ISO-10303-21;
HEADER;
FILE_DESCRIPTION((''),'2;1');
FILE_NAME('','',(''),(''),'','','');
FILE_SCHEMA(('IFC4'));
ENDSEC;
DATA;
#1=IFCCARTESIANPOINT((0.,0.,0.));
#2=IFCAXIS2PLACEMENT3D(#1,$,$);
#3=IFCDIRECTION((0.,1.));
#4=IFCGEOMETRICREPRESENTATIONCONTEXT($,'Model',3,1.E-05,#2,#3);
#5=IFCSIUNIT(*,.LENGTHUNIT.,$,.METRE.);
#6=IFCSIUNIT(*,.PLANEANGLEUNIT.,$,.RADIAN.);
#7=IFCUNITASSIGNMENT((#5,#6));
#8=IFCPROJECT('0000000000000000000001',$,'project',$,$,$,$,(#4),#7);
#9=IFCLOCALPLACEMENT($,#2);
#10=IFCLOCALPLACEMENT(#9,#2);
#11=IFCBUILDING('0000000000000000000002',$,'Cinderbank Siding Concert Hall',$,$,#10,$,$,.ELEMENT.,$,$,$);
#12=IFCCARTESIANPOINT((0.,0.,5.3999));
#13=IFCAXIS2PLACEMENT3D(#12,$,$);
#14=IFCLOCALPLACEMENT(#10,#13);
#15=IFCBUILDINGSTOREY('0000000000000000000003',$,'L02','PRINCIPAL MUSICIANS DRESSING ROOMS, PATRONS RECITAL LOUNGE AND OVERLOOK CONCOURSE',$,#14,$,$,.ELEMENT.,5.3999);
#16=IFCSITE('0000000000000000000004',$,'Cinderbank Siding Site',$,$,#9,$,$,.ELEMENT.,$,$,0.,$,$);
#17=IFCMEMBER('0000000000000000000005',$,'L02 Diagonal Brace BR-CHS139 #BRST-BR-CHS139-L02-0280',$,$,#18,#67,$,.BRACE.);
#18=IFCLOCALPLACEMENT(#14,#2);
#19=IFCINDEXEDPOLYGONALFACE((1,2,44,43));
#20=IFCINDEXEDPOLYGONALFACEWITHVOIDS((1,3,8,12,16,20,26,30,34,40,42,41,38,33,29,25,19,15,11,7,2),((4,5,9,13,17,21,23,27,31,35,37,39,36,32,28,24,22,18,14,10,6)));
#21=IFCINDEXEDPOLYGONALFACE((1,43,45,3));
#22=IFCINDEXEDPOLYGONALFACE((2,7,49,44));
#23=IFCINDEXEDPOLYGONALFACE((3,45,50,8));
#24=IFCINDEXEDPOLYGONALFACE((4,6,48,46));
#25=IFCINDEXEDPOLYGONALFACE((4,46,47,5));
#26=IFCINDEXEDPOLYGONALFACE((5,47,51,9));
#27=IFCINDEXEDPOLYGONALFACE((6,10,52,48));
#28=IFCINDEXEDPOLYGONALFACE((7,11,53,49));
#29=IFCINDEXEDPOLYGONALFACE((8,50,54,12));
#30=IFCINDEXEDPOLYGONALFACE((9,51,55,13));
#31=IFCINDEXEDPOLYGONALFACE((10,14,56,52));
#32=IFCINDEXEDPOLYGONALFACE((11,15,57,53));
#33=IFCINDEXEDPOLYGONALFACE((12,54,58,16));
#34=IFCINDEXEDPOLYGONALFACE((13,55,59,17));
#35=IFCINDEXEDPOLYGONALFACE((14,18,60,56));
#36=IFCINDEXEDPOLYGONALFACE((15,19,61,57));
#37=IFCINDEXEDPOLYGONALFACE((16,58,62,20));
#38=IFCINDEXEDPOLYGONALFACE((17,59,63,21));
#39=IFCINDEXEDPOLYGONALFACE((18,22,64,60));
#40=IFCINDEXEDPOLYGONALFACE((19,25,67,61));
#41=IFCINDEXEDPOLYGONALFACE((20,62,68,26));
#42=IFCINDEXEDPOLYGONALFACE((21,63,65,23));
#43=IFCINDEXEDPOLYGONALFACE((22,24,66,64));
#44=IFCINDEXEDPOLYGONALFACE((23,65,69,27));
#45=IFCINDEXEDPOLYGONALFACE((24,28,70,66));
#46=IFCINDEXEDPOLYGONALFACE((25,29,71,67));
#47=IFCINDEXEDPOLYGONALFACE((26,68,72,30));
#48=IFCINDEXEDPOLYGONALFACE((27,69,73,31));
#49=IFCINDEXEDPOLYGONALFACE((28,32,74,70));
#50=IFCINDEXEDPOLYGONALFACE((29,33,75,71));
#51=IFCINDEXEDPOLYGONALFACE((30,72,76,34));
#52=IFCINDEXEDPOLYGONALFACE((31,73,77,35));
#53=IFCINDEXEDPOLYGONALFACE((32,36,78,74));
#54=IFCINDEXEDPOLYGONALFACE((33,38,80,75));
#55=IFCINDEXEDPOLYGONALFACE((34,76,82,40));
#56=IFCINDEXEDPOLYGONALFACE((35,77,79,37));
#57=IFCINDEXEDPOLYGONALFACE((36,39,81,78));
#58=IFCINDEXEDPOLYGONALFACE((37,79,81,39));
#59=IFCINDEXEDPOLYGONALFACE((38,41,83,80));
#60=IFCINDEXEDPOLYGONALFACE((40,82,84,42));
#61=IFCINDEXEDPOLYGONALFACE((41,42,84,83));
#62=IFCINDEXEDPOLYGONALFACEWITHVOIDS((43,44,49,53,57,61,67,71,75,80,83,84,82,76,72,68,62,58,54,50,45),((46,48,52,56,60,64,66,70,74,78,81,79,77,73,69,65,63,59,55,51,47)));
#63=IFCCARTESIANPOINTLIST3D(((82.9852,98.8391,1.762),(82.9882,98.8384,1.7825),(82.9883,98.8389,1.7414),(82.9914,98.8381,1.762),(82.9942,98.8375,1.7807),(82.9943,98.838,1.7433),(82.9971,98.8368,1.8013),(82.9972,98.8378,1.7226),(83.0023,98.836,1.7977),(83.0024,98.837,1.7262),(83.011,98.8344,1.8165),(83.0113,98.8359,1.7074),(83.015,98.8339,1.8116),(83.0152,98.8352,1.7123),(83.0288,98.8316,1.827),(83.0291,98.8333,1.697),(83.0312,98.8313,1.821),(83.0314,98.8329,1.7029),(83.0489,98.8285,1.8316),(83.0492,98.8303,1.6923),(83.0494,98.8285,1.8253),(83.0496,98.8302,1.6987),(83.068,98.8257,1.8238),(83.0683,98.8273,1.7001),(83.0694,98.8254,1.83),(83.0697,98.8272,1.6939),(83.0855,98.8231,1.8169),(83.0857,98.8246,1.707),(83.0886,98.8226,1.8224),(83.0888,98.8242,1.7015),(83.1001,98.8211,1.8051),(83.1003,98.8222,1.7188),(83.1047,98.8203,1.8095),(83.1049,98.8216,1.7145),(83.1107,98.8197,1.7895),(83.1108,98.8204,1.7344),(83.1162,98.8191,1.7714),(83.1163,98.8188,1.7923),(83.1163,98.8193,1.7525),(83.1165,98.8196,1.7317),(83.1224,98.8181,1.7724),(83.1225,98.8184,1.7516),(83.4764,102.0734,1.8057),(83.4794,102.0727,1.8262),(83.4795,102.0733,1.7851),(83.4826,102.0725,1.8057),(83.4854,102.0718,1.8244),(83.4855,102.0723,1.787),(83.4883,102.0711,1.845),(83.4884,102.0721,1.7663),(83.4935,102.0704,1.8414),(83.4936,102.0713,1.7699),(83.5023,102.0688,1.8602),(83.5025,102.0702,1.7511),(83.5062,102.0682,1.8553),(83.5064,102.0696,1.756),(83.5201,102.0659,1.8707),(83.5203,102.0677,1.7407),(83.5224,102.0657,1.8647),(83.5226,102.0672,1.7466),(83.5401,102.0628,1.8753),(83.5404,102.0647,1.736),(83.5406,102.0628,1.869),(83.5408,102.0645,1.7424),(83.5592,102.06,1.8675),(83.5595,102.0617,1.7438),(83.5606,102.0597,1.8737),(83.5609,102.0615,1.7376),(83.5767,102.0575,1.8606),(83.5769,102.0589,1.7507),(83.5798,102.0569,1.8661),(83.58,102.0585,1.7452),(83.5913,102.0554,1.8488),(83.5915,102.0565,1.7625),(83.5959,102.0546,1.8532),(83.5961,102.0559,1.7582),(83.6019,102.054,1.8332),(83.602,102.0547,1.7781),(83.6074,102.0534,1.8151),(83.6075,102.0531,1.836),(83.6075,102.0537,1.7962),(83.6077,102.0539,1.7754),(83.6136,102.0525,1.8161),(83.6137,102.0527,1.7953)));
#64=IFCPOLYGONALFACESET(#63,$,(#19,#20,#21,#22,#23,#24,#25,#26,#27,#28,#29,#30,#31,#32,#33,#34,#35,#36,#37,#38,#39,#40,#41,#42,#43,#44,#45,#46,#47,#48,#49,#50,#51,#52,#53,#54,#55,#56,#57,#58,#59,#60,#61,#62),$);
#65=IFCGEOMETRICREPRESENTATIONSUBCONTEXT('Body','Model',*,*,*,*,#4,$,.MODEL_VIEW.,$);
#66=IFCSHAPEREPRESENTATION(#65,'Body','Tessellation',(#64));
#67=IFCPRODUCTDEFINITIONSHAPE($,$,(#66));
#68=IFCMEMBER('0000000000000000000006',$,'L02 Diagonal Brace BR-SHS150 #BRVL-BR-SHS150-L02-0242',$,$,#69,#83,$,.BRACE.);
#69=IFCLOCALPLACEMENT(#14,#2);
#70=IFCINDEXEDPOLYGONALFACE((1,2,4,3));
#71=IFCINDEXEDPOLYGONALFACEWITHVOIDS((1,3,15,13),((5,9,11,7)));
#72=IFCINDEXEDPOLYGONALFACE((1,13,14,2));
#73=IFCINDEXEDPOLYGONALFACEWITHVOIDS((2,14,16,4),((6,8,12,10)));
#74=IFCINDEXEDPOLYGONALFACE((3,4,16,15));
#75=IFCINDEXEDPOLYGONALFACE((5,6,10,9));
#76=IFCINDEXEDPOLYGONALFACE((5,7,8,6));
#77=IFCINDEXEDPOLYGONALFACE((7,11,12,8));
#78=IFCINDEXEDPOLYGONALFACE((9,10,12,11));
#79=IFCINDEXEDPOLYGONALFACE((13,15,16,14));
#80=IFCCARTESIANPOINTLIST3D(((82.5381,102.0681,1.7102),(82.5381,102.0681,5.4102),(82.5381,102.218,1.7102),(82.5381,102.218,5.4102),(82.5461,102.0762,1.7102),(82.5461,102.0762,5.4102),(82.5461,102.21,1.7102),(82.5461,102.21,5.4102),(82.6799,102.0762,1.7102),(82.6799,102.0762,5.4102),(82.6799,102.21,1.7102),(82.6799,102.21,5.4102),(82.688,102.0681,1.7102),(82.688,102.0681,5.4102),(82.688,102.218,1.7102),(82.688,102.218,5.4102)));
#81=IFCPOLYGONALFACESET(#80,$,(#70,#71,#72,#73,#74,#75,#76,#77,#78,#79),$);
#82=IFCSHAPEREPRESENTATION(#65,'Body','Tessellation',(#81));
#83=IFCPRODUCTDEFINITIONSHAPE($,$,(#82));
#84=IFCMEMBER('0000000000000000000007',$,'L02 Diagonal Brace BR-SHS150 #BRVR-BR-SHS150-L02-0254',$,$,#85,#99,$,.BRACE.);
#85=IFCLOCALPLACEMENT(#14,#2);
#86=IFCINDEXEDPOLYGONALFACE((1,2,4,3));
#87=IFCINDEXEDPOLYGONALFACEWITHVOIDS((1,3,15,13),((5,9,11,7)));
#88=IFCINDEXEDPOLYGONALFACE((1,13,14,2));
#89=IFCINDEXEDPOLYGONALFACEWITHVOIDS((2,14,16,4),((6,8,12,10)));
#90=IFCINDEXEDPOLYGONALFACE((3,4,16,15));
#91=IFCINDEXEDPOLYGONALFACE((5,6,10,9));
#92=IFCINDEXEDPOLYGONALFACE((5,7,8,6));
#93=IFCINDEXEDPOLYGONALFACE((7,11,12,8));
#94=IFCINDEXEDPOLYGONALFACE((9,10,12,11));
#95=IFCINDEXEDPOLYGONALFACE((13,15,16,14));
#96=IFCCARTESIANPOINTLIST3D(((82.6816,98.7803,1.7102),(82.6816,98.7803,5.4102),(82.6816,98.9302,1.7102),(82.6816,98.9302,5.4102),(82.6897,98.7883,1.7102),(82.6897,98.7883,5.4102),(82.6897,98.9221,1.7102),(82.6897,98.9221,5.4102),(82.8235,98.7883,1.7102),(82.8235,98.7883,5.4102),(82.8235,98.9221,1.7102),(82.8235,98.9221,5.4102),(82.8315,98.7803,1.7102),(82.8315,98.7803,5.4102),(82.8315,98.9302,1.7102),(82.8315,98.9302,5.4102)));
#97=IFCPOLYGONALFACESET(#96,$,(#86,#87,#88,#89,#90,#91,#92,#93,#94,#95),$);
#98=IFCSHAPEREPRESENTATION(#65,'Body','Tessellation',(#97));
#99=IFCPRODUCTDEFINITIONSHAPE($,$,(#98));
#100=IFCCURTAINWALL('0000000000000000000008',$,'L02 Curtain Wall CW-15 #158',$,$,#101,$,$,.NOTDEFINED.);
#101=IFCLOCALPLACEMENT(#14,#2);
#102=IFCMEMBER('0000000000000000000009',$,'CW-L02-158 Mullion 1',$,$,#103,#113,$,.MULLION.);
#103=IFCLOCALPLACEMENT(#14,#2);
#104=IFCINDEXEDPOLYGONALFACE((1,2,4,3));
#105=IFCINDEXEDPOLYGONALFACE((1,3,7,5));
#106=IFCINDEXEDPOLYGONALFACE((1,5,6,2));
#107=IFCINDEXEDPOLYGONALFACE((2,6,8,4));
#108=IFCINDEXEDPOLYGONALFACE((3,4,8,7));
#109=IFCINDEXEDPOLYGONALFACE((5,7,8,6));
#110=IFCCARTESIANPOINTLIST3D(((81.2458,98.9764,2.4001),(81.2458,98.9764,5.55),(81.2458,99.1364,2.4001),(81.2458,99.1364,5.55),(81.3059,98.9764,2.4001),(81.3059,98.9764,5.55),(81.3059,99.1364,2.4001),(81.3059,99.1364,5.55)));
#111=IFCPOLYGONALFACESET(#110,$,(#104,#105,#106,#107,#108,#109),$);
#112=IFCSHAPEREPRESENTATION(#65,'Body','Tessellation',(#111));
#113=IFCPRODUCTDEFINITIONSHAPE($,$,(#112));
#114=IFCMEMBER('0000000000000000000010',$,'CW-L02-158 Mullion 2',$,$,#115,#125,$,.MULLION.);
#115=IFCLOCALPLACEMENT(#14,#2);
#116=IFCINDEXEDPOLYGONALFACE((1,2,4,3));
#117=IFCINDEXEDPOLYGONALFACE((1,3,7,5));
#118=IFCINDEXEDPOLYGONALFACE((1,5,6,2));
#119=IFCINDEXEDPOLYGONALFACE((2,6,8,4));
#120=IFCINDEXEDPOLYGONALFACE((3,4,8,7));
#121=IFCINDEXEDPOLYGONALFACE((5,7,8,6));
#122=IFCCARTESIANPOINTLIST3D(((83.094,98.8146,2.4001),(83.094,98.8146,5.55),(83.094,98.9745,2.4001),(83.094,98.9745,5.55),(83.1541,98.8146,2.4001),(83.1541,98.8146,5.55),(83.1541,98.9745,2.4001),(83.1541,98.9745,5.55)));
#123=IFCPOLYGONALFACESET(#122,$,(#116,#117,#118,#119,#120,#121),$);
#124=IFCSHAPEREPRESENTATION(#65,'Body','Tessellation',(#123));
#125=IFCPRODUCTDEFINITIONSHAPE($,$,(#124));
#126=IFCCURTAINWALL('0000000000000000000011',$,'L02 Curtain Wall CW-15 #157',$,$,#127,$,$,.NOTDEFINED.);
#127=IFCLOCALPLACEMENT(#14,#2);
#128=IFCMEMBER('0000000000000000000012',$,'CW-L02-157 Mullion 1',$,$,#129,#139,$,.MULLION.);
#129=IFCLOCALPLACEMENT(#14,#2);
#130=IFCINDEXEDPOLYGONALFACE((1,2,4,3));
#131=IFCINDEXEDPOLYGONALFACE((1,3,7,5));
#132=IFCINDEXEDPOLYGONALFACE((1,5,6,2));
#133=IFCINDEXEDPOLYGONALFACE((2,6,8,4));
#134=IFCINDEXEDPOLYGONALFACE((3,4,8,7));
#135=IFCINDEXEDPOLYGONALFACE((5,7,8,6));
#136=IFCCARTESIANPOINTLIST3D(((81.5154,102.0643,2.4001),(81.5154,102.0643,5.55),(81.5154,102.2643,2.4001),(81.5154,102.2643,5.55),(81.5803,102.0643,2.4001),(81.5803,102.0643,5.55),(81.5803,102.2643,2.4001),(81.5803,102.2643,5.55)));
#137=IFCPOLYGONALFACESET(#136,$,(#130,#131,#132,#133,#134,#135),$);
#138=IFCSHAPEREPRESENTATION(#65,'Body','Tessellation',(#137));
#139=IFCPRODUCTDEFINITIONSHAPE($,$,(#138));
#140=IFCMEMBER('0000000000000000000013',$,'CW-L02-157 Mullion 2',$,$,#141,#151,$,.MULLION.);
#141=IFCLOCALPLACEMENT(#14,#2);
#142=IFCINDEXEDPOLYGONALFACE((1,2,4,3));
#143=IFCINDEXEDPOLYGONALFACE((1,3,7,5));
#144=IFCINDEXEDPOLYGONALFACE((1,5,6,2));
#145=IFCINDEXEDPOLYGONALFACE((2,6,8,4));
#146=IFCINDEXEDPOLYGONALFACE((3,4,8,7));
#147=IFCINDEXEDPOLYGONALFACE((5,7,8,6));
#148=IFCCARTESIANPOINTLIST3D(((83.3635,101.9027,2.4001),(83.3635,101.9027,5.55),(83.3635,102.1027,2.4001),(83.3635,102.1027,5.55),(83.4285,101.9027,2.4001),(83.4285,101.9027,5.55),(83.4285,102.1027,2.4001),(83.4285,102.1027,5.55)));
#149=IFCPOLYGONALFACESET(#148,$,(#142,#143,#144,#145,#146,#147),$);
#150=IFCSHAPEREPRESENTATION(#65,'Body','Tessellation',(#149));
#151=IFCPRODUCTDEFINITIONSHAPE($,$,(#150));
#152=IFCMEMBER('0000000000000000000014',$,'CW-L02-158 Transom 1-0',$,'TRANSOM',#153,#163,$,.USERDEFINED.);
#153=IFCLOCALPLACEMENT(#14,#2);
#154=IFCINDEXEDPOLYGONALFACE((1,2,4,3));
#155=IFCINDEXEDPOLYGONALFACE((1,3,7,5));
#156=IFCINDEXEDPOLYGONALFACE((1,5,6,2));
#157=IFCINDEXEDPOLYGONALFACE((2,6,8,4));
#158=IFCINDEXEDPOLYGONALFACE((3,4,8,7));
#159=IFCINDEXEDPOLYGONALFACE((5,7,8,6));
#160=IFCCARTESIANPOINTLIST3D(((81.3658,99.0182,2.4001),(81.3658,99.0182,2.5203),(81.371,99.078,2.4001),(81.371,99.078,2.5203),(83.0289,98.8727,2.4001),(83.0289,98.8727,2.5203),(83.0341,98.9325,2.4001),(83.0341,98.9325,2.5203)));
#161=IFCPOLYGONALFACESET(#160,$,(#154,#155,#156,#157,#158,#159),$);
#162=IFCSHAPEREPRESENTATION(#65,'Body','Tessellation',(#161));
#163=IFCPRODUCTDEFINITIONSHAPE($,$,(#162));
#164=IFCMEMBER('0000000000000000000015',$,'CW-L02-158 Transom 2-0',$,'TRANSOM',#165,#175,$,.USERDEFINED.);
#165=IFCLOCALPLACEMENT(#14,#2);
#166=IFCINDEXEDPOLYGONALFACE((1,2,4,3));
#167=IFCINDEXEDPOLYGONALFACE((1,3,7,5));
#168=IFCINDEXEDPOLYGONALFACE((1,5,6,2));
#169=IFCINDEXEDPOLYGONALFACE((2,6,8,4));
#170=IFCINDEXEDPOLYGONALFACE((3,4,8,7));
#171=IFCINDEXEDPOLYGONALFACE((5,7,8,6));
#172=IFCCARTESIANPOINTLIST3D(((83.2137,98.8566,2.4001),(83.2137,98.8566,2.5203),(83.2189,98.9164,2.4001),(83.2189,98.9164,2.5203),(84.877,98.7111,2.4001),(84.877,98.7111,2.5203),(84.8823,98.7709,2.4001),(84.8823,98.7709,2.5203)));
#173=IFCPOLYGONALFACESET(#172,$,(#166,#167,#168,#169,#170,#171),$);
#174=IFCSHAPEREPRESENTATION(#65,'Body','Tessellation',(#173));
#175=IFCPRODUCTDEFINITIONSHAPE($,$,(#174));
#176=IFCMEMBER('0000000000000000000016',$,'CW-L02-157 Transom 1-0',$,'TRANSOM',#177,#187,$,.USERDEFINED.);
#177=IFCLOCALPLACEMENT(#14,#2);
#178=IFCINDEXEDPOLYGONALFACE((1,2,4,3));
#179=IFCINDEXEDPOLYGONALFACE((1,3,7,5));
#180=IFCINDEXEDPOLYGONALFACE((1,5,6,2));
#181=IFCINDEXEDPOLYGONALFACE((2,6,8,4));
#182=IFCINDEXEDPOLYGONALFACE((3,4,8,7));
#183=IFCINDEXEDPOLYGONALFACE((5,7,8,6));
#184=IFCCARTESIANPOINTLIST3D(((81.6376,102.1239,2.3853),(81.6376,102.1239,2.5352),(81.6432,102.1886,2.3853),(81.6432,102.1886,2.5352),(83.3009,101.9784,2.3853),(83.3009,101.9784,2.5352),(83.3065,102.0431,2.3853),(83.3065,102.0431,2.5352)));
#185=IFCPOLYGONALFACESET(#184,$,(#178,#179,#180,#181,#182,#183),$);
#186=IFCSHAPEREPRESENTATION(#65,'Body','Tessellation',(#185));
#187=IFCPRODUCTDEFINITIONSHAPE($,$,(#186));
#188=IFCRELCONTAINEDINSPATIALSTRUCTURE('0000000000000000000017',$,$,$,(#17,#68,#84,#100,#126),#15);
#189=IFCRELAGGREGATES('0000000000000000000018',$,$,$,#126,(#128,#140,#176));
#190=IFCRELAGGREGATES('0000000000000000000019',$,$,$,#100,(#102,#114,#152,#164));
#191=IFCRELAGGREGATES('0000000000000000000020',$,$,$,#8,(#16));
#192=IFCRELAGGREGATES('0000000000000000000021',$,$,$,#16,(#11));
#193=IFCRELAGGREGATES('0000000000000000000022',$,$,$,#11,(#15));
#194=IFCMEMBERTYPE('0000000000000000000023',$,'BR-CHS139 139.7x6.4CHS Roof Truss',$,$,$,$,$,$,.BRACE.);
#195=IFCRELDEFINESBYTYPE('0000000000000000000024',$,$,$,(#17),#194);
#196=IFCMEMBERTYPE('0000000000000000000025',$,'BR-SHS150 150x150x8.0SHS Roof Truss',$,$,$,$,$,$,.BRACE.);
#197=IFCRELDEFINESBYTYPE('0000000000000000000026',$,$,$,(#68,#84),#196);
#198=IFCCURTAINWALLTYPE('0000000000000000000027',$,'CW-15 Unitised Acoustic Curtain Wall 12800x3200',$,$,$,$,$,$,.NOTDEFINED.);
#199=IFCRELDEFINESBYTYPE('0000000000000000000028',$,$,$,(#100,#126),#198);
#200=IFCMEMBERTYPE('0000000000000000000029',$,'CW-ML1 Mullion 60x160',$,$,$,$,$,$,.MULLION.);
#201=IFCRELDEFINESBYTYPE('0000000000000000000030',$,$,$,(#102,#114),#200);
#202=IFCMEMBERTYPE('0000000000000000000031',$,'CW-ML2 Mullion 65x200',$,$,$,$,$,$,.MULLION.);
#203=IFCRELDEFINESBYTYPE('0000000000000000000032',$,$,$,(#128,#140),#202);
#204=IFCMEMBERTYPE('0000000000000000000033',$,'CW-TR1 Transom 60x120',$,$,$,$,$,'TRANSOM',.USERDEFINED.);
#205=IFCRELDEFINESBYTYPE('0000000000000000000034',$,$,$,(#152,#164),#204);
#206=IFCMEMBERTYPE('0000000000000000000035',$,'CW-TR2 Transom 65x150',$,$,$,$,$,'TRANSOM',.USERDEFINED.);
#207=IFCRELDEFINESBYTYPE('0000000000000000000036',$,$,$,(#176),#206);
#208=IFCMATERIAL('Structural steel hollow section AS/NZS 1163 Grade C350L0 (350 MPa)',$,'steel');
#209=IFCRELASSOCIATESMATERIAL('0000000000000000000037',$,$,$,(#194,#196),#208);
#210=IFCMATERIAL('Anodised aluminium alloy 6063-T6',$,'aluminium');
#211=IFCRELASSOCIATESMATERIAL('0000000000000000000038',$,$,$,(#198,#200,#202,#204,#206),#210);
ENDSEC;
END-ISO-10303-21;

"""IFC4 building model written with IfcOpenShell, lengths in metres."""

from ifc_helpers import new_model, si_unit, direction, frame, origin, origin_2d, place, context, subcontext, project, spatial, rectangle, hollow_rectangle, hollow_circle, extrude, material, material_profile, profile_set, type_object, element, aggregate, save


model = new_model("IFC4")

# Units and contexts
model_context = context("Model", 3, precision=1e-05, world=origin(), true_north=direction((0.0, 1.0)))
body_context = subcontext(model_context, "Body", "Model", "MODEL_VIEW")
ifc_project = project(units=[si_unit("LENGTHUNIT", "METRE"), si_unit("PLANEANGLEUNIT", "RADIAN")], contexts=[model_context])

# Site, building, storey
site_placement = place(None, origin())
site = spatial("IfcSite", under=ifc_project, at=site_placement, Name="Cinderbank Siding Site", CompositionType="ELEMENT", RefElevation=0.0)
building_placement = place(site_placement, origin())
building = spatial("IfcBuilding", under=site, at=building_placement, Name="Cinderbank Siding Concert Hall", CompositionType="ELEMENT")
storey_placement = place(building_placement, frame((0.0, 0.0, 5.3999)))
storey = spatial("IfcBuildingStorey", under=building, at=storey_placement, Name="L02", Description="PRINCIPAL MUSICIANS DRESSING ROOMS, PATRONS RECITAL LOUNGE AND OVERLOOK CONCOURSE", CompositionType="ELEMENT", Elevation=5.3999)

# Members
ifc_material_1 = material(Name="Structural steel hollow section AS/NZS 1163 Grade C350L0 (350 MPa)", Category="steel")
ifc_material_profile_1 = material_profile(ifc_material_1, hollow_circle(Radius=0.0698, WallThickness=0.0063, at=origin_2d()), Name="139.7x6.4CHS", Category="LoadBearing")
ifc_profile_set_1 = profile_set([ifc_material_profile_1], Name="Structural steel hollow section AS/NZS 1163 Grade C350L0 (350 MPa)")
member_type_1 = type_object("IfcMemberType", Name="BR-CHS139 139.7x6.4CHS Roof Truss", PredefinedType="BRACE", material=ifc_profile_set_1)
member_1_placement = place(storey_placement, frame((83.0542, 98.8286, 1.762), z_axis=(0.150137, 0.988575, 0.013357), x_axis=(-0.988663, 0.15015, 0.0)))
element("IfcMember", 1, at=member_1_placement, inside=storey, type_object=member_type_1, Name="L02 Diagonal Brace BR-CHS139 #BRST-BR-CHS139-L02-0280", PredefinedType="BRACE", context=body_context, shape_type="SweptSolid", body=[
    extrude(hollow_circle(Radius=0.0698, WallThickness=0.0063, at=origin_2d()), origin(), (0.0, 0.0, 1.0), 3.2717),
])
ifc_material_profile_2 = material_profile(ifc_material_1, hollow_rectangle(XDim=0.1499, YDim=0.1499, WallThickness=0.0081, at=origin_2d()), Name="150x150x8.0SHS", Category="LoadBearing")
ifc_profile_set_2 = profile_set([ifc_material_profile_2], Name="Structural steel hollow section AS/NZS 1163 Grade C350L0 (350 MPa)")
member_type_2 = type_object("IfcMemberType", Name="BR-SHS150 150x150x8.0SHS Roof Truss", PredefinedType="BRACE", material=ifc_profile_set_2)
for number, where, z_axis, x_axis, name in (
    (2, (82.613, 102.1431, 1.7102), (0.0, 0.0, 1.0), (1.0, 0.0, 0.0), "L02 Diagonal Brace BR-SHS150 #BRVL-BR-SHS150-L02-0242"),
    (3, (82.7566, 98.8552, 1.7102), (0.0, 0.0, 1.0), (1.0, 0.0, 0.0), "L02 Diagonal Brace BR-SHS150 #BRVR-BR-SHS150-L02-0254"),
):
    element("IfcMember", number, at=place(storey_placement, frame(where, z_axis=z_axis, x_axis=x_axis)), inside=storey, type_object=member_type_2, Name=name, PredefinedType="BRACE", context=body_context, shape_type="SweptSolid", body=[
        extrude(hollow_rectangle(XDim=0.1499, YDim=0.1499, WallThickness=0.0081, at=origin_2d()), origin(), (0.0, 0.0, 1.0), 3.7),
    ])

# Curtain walls, members
ifc_material_2 = material(Name="Anodised aluminium alloy 6063-T6", Category="aluminium")
curtain_wall_type = type_object("IfcCurtainWallType", Name="CW-15 Unitised Acoustic Curtain Wall 12800x3200", PredefinedType="NOTDEFINED", material=ifc_material_2)
curtain_wall_1_placement = place(storey_placement, origin())
curtain_wall_1 = element("IfcCurtainWall", 4, at=curtain_wall_1_placement, inside=storey, type_object=curtain_wall_type, Name="L02 Curtain Wall CW-15 #158", PredefinedType="NOTDEFINED")
ifc_material_profile_3 = material_profile(ifc_material_2, rectangle(XDim=0.0601, YDim=0.1599, at=origin_2d()), Name="ALU-MULL-60x160", Category="LoadBearing")
ifc_profile_set_3 = profile_set([ifc_material_profile_3], Name="Anodised aluminium alloy 6063-T6")
member_type_3 = type_object("IfcMemberType", Name="CW-ML1 Mullion 60x160", PredefinedType="MULLION", material=ifc_profile_set_3)
member_2_placement = place(storey_placement, frame((81.2759, 99.0564, 2.4001), z_axis=(0.0, 0.0, 1.0), x_axis=(1.0, 0.0, 0.0)))
member_2 = element("IfcMember", 5, at=member_2_placement, type_object=member_type_3, Name="CW-L02-158 Mullion 1", PredefinedType="MULLION", context=body_context, shape_type="SweptSolid", body=[
    extrude(rectangle(XDim=0.0601, YDim=0.1599, at=origin_2d()), origin(), (0.0, 0.0, 1.0), 3.1499),
])
member_3_placement = place(storey_placement, frame((83.124, 98.8945, 2.4001), z_axis=(0.0, 0.0, 1.0), x_axis=(1.0, 0.0, 0.0)))
member_3 = element("IfcMember", 6, at=member_3_placement, type_object=member_type_3, Name="CW-L02-158 Mullion 2", PredefinedType="MULLION", context=body_context, shape_type="SweptSolid", body=[
    extrude(rectangle(XDim=0.0601, YDim=0.1599, at=origin_2d()), origin(), (0.0, 0.0, 1.0), 3.1499),
])
curtain_wall_2_placement = place(storey_placement, origin())
curtain_wall_2 = element("IfcCurtainWall", 7, at=curtain_wall_2_placement, inside=storey, type_object=curtain_wall_type, Name="L02 Curtain Wall CW-15 #157", PredefinedType="NOTDEFINED")
ifc_material_profile_4 = material_profile(ifc_material_2, rectangle(XDim=0.0649, YDim=0.2, at=origin_2d()), Name="ALU-MULL-65x200", Category="LoadBearing")
ifc_profile_set_4 = profile_set([ifc_material_profile_4], Name="Anodised aluminium alloy 6063-T6")
member_type_4 = type_object("IfcMemberType", Name="CW-ML2 Mullion 65x200", PredefinedType="MULLION", material=ifc_profile_set_4)
member_4_placement = place(storey_placement, frame((81.5479, 102.1643, 2.4001), z_axis=(0.0, 0.0, 1.0), x_axis=(1.0, 0.0, 0.0)))
member_4 = element("IfcMember", 8, at=member_4_placement, type_object=member_type_4, Name="CW-L02-157 Mullion 1", PredefinedType="MULLION", context=body_context, shape_type="SweptSolid", body=[
    extrude(rectangle(XDim=0.0649, YDim=0.2, at=origin_2d()), origin(), (0.0, 0.0, 1.0), 3.1499),
])
member_5_placement = place(storey_placement, frame((83.396, 102.0027, 2.4001), z_axis=(0.0, 0.0, 1.0), x_axis=(1.0, 0.0, 0.0)))
member_5 = element("IfcMember", 9, at=member_5_placement, type_object=member_type_4, Name="CW-L02-157 Mullion 2", PredefinedType="MULLION", context=body_context, shape_type="SweptSolid", body=[
    extrude(rectangle(XDim=0.0649, YDim=0.2, at=origin_2d()), origin(), (0.0, 0.0, 1.0), 3.1499),
])

# Members
ifc_material_profile_5 = material_profile(ifc_material_2, rectangle(XDim=0.0601, YDim=0.1201, at=origin_2d()), Name="ALU-TRAN-60x120", Category="LoadBearing")
ifc_profile_set_5 = profile_set([ifc_material_profile_5], Name="Anodised aluminium alloy 6063-T6")
member_type_5 = type_object("IfcMemberType", Name="CW-TR1 Transom 60x120", ElementType="TRANSOM", PredefinedType="USERDEFINED", material=ifc_profile_set_5)
member_6_placement = place(storey_placement, frame((81.3684, 99.0481, 2.4602), z_axis=(0.996194, -0.08716, 0.0), x_axis=(0.08716, 0.996194, 0.0)))
member_6 = element("IfcMember", 10, at=member_6_placement, type_object=member_type_5, Name="CW-L02-158 Transom 1-0", ObjectType="TRANSOM", PredefinedType="USERDEFINED", context=body_context, shape_type="SweptSolid", body=[
    extrude(rectangle(XDim=0.0601, YDim=0.1201, at=origin_2d()), origin(), (0.0, 0.0, 1.0), 1.6694),
])
member_7_placement = place(storey_placement, frame((83.2163, 98.8865, 2.4602), z_axis=(0.996195, -0.087147, 0.0), x_axis=(0.087147, 0.996195, 0.0)))
member_7 = element("IfcMember", 11, at=member_7_placement, type_object=member_type_5, Name="CW-L02-158 Transom 2-0", ObjectType="TRANSOM", PredefinedType="USERDEFINED", context=body_context, shape_type="SweptSolid", body=[
    extrude(rectangle(XDim=0.0601, YDim=0.1201, at=origin_2d()), origin(), (0.0, 0.0, 1.0), 1.6697),
])
ifc_material_profile_6 = material_profile(ifc_material_2, rectangle(XDim=0.0649, YDim=0.1499, at=origin_2d()), Name="ALU-TRAN-65x150", Category="LoadBearing")
ifc_profile_set_6 = profile_set([ifc_material_profile_6], Name="Anodised aluminium alloy 6063-T6")
member_type_6 = type_object("IfcMemberType", Name="CW-TR2 Transom 65x150", ElementType="TRANSOM", PredefinedType="USERDEFINED", material=ifc_profile_set_6)
member_8_placement = place(storey_placement, frame((81.6404, 102.1562, 2.4602), z_axis=(0.996195, -0.087147, 0.0), x_axis=(0.087147, 0.996195, 0.0)))
member_8 = element("IfcMember", 12, at=member_8_placement, type_object=member_type_6, Name="CW-L02-157 Transom 1-0", ObjectType="TRANSOM", PredefinedType="USERDEFINED", context=body_context, shape_type="SweptSolid", body=[
    extrude(rectangle(XDim=0.0649, YDim=0.1499, at=origin_2d()), origin(), (0.0, 0.0, 1.0), 1.6697),
])

aggregate(curtain_wall_2, [member_4, member_5, member_8])
aggregate(curtain_wall_1, [member_2, member_3, member_6, member_7])

save(model, "model.ifc")
